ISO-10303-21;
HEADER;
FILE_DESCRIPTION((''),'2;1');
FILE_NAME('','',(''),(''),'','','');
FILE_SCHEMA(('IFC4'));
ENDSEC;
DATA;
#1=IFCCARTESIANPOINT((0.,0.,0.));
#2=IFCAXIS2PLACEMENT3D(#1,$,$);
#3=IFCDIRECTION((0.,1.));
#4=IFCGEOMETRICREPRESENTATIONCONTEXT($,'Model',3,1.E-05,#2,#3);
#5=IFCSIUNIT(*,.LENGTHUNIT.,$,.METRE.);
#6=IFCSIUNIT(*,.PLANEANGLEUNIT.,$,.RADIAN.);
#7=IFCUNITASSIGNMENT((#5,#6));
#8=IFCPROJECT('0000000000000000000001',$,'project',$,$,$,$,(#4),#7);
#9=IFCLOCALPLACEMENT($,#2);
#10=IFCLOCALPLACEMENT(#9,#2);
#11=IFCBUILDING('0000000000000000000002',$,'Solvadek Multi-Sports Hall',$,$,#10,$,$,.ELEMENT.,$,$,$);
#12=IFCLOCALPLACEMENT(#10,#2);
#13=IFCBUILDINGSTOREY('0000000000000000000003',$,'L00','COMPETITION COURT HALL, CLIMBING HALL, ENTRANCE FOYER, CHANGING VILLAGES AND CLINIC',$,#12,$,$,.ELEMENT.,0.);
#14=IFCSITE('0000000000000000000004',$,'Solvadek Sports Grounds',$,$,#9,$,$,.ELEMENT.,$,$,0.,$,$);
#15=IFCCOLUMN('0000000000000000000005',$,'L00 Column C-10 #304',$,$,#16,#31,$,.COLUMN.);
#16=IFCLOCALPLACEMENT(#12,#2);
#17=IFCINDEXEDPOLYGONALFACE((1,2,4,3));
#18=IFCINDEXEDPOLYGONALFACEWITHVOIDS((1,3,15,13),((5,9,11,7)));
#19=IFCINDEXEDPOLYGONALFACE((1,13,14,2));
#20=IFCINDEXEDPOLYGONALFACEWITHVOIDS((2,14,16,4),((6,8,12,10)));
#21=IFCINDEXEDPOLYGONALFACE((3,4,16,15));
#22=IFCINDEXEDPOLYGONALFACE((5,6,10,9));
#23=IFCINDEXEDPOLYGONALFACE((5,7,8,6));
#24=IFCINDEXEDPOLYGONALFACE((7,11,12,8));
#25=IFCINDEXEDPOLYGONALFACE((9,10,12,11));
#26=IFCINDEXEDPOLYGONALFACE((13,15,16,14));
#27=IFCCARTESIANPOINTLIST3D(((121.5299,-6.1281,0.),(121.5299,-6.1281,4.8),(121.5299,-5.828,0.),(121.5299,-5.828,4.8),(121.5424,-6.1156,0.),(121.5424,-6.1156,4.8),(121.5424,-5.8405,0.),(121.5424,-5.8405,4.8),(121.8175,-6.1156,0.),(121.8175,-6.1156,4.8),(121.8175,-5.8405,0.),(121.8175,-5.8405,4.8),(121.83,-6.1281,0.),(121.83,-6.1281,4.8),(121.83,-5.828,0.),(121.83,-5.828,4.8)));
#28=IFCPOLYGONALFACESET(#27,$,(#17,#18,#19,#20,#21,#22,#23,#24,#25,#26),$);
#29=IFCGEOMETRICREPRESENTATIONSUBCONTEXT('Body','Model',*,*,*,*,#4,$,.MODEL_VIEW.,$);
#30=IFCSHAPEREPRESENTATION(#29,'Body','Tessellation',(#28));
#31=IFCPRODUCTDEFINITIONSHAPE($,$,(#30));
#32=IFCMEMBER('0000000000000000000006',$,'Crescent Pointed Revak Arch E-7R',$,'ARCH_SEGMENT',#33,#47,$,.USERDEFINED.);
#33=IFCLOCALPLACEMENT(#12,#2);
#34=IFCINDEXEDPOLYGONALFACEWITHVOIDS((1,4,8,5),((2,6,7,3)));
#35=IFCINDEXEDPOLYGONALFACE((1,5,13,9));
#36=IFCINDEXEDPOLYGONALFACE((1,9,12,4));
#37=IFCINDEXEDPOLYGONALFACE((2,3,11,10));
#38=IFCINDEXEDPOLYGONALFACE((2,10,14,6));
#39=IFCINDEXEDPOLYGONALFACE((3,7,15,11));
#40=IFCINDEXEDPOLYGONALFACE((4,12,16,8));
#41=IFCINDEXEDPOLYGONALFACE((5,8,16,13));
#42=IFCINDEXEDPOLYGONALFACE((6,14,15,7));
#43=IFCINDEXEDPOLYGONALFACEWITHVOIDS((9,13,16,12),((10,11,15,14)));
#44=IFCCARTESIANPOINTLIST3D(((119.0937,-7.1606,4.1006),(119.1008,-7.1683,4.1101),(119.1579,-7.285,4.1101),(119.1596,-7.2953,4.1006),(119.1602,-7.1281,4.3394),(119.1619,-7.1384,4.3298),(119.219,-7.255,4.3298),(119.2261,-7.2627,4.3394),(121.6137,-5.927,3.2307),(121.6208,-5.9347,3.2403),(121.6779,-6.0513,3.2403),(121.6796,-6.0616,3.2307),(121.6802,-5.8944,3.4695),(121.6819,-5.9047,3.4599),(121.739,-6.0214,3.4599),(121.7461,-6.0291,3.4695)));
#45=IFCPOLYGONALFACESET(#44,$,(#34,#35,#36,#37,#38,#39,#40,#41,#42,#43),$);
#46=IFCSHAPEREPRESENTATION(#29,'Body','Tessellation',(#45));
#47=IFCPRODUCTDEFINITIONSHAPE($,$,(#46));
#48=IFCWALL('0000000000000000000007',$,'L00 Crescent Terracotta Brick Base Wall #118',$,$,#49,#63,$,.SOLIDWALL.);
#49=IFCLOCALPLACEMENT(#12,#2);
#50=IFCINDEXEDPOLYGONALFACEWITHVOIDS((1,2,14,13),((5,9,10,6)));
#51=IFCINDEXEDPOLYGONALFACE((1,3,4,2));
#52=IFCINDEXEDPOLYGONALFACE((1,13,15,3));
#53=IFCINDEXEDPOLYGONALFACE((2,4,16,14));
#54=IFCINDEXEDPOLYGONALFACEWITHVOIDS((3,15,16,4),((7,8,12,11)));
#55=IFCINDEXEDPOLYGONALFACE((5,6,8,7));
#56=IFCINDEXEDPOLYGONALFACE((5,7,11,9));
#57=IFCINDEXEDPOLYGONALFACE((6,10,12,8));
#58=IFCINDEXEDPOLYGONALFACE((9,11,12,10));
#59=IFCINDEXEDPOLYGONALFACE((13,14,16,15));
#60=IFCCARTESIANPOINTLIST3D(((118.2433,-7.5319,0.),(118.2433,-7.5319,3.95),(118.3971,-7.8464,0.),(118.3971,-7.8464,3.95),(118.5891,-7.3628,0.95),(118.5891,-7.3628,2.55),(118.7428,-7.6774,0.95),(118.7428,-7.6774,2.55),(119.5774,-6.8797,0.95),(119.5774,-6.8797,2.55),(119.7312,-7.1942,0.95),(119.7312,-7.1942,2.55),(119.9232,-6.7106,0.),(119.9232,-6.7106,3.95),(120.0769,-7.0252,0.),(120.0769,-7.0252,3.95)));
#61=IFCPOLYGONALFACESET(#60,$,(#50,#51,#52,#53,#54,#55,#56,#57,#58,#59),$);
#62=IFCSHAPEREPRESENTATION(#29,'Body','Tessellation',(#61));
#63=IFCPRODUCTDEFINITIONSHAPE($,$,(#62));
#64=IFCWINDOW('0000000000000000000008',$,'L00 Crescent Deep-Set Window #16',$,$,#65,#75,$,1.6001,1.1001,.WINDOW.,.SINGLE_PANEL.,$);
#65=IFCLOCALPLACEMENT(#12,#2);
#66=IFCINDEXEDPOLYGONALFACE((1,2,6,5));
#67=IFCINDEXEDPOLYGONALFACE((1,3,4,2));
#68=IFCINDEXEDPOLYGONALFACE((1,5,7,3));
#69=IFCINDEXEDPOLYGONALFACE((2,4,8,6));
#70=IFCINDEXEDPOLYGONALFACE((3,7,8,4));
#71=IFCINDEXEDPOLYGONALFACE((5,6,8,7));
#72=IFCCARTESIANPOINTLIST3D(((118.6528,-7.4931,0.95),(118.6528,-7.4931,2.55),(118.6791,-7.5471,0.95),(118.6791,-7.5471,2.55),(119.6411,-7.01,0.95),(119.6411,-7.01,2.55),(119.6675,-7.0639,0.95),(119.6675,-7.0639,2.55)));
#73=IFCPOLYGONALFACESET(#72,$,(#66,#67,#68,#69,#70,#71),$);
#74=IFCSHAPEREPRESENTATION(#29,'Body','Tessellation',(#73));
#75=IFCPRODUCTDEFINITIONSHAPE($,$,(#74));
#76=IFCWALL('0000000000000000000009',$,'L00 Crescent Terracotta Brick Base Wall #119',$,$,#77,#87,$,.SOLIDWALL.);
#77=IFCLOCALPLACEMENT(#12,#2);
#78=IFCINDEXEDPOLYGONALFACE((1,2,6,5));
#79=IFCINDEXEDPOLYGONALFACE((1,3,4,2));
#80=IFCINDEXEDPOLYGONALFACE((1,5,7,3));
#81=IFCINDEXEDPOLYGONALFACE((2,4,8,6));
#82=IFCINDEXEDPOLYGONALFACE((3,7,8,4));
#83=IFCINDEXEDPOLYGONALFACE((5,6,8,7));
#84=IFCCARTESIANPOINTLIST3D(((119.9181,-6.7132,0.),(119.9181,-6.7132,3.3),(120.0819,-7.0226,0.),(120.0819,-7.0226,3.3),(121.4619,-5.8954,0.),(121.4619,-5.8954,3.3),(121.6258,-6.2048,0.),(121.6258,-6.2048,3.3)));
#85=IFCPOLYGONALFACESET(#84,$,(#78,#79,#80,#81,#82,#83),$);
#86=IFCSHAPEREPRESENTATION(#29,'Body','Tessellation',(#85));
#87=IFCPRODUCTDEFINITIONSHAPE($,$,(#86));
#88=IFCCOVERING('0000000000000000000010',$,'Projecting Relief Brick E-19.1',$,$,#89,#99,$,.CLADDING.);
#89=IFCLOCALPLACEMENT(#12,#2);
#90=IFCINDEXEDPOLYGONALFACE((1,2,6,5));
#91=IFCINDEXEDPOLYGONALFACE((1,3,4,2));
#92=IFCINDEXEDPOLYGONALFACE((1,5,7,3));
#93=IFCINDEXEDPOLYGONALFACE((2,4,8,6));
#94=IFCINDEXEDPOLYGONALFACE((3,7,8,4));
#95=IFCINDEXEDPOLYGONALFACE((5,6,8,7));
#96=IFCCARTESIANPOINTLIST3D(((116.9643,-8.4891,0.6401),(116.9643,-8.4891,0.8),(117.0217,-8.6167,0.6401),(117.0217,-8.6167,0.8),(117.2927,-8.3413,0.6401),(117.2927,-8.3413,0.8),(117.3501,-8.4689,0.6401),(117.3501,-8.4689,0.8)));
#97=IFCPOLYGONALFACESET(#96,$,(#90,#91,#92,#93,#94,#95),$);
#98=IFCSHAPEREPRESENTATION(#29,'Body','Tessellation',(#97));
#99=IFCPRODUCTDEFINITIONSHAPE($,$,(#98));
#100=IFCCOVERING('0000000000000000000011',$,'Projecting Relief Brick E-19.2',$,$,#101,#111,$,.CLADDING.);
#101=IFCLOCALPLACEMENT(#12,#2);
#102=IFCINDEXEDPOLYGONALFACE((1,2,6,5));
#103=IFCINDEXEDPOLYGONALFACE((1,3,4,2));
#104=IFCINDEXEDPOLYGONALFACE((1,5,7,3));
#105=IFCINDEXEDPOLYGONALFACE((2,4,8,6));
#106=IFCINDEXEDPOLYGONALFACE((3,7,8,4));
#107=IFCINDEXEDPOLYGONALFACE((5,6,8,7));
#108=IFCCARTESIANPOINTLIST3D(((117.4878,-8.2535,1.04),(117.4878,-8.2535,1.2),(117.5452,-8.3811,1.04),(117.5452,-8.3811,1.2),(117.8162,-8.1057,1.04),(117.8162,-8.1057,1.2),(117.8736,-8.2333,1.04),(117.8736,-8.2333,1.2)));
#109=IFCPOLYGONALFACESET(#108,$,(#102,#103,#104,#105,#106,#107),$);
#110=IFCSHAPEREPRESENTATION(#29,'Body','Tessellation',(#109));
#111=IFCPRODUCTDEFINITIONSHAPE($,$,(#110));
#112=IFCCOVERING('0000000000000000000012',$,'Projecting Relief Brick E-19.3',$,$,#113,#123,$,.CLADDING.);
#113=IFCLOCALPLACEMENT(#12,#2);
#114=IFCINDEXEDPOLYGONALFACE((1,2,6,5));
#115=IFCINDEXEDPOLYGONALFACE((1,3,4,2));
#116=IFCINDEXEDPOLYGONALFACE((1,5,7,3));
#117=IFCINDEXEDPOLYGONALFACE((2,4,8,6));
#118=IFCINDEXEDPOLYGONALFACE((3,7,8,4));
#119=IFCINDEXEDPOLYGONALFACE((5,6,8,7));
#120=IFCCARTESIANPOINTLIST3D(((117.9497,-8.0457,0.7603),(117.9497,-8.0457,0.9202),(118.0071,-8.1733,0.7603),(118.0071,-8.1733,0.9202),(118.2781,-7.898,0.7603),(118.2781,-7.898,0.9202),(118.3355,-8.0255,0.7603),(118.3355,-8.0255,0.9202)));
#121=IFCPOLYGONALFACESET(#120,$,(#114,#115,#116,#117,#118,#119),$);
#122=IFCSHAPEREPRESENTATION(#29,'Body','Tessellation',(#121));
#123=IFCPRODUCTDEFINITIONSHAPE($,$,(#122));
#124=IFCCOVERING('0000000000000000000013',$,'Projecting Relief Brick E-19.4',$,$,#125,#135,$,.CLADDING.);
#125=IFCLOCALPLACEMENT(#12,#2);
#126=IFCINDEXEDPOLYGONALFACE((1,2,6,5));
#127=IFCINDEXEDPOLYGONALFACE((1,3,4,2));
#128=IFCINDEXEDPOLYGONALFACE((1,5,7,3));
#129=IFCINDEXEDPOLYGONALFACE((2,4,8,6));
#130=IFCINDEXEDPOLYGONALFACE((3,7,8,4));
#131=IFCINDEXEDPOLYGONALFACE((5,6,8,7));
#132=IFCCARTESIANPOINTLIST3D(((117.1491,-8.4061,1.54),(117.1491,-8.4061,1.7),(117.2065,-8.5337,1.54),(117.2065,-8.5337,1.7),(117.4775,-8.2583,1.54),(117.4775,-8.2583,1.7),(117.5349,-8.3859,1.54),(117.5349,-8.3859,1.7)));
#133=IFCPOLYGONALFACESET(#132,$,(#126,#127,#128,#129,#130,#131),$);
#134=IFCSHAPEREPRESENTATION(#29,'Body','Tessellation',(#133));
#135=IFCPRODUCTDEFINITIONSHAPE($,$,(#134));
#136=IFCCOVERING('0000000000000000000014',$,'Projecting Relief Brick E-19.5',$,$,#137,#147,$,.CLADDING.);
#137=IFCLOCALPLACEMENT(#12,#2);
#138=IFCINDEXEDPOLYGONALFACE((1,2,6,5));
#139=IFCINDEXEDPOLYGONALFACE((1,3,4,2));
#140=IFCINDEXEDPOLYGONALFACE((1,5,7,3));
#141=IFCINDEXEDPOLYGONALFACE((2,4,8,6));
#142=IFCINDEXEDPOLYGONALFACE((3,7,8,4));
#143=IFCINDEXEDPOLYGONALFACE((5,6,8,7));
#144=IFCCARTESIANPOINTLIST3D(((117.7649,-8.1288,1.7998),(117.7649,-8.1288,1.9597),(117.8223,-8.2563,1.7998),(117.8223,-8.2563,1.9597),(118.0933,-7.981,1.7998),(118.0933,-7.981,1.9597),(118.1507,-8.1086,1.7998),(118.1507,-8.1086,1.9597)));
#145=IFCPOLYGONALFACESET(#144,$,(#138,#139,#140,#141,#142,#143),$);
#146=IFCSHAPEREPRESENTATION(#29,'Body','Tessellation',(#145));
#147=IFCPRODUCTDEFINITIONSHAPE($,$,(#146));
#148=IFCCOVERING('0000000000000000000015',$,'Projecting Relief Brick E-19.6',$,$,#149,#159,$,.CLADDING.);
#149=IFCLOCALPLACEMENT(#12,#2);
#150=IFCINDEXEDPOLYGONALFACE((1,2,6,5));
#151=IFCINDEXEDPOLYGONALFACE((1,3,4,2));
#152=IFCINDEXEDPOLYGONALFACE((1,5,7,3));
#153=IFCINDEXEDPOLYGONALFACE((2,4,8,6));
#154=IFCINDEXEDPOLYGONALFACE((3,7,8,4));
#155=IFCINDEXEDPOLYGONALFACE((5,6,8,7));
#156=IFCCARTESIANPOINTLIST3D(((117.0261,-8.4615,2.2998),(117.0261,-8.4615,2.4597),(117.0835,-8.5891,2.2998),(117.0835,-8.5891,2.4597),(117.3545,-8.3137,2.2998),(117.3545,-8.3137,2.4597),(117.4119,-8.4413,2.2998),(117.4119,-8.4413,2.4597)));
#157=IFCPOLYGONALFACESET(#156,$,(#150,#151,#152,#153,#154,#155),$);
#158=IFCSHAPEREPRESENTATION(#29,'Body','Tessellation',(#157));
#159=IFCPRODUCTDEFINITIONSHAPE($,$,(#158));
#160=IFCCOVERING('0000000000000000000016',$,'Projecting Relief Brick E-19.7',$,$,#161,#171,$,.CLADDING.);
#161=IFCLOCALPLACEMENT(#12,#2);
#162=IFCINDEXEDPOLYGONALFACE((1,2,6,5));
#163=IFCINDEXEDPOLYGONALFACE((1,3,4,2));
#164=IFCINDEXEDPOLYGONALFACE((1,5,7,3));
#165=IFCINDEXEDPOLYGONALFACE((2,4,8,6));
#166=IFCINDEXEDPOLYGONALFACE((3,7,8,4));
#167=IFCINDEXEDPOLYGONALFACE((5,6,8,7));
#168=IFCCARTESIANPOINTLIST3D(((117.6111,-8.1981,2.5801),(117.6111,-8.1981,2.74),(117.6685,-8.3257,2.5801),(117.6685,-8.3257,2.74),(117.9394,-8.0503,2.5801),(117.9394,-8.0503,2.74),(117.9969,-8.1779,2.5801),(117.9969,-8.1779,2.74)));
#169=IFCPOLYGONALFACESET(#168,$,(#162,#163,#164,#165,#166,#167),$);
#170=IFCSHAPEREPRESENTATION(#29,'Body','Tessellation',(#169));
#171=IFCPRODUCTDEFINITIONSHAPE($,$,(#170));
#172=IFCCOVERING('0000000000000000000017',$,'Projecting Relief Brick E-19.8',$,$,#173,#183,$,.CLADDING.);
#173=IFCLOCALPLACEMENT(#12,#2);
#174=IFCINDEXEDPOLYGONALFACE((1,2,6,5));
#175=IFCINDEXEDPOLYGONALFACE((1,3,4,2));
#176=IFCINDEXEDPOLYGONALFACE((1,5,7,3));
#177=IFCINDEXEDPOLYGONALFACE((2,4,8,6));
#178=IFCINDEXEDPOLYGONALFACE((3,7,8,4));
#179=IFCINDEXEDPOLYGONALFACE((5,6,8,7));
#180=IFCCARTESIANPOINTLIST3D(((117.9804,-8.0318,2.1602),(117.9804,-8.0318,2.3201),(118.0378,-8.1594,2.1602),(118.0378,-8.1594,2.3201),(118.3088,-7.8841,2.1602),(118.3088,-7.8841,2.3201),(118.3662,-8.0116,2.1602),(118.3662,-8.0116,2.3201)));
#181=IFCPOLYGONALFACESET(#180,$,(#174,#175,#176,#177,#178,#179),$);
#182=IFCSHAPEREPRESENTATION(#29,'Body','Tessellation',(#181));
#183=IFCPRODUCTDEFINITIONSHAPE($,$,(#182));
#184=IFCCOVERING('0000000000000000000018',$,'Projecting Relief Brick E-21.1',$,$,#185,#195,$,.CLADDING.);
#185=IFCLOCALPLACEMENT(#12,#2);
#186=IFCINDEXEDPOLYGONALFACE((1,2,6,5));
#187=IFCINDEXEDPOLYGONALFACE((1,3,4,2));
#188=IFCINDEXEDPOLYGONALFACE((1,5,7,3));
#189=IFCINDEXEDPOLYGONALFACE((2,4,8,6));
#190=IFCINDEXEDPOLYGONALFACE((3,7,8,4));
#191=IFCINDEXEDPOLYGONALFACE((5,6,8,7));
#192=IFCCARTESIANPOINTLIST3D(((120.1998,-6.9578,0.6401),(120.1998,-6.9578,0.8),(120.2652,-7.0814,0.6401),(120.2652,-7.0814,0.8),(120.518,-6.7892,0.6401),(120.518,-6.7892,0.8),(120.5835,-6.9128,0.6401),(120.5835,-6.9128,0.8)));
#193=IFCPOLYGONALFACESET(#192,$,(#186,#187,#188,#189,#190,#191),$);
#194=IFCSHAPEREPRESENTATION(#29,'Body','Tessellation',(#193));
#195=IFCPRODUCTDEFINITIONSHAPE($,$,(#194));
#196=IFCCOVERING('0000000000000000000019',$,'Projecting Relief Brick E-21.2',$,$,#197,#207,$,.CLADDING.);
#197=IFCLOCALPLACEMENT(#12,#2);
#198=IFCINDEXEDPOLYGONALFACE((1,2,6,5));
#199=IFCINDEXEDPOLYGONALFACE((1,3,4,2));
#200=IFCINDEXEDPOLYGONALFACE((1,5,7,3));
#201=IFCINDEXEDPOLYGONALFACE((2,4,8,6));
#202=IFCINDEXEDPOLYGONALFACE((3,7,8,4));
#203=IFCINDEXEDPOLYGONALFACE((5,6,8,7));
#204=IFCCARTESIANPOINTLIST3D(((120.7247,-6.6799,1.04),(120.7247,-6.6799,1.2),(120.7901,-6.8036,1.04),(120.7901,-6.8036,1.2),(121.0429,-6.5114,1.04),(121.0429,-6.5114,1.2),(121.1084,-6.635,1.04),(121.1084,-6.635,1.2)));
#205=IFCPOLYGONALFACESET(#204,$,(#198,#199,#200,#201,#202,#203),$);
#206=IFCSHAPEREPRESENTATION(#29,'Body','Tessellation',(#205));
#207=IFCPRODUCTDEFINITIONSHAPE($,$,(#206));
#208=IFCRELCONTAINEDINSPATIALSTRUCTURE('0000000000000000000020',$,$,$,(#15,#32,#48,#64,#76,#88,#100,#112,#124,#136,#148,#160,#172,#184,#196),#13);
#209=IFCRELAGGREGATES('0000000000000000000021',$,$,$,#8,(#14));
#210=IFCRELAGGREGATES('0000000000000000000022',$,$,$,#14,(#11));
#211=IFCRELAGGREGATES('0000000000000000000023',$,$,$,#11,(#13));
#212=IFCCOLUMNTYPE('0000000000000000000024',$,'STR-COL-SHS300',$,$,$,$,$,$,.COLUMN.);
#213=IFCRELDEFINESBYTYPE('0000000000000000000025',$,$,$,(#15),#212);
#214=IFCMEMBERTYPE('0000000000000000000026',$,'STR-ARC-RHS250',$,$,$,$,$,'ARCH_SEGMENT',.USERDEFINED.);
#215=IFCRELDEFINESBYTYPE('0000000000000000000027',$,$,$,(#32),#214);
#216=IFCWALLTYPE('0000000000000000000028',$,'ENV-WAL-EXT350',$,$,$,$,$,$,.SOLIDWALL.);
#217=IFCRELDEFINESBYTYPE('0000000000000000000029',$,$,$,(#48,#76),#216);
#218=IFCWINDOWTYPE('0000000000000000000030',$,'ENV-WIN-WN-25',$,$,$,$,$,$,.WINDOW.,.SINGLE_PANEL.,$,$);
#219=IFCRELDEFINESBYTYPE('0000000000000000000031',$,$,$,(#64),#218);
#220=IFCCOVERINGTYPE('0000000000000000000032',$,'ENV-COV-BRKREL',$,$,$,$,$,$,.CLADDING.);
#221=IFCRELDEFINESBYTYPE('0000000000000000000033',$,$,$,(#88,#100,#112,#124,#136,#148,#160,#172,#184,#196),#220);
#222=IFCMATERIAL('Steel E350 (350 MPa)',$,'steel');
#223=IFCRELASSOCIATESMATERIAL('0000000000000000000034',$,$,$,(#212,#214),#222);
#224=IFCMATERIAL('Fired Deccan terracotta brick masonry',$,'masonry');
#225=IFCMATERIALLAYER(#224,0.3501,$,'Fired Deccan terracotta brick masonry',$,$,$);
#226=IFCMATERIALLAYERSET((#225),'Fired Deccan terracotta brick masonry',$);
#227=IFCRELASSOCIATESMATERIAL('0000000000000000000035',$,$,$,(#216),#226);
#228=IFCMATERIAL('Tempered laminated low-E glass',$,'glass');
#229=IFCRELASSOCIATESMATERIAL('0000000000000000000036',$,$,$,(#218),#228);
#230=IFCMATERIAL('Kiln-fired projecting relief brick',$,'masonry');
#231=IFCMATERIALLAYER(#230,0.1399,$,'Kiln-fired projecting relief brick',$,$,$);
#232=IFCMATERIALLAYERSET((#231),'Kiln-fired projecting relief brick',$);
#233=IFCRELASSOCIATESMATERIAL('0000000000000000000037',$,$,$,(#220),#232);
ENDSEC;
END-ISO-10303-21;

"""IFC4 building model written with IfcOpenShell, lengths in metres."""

from ifc_helpers import new_model, si_unit, direction, frame, frame_2d, origin, origin_2d, place, context, subcontext, project, spatial, rectangle, hollow_rectangle, extrude, material, layer, layer_set, material_profile, profile_set, type_object, element, fill, save


model = new_model("IFC4")

# Units and contexts
model_context = context("Model", 3, precision=1e-05, world=origin(), true_north=direction((0.0, 1.0)))
body_context = subcontext(model_context, "Body", "Model", "MODEL_VIEW")
ifc_project = project(units=[si_unit("LENGTHUNIT", "METRE"), si_unit("PLANEANGLEUNIT", "RADIAN")], contexts=[model_context])

# Site, building, storey
site_placement = place(None, origin())
site = spatial("IfcSite", under=ifc_project, at=site_placement, Name="Solvadek Sports Grounds", CompositionType="ELEMENT", RefElevation=0.0)
building_placement = place(site_placement, origin())
building = spatial("IfcBuilding", under=site, at=building_placement, Name="Solvadek Multi-Sports Hall", CompositionType="ELEMENT")
storey_placement = place(building_placement, origin())
storey = spatial("IfcBuildingStorey", under=building, at=storey_placement, Name="L00", Description="COMPETITION COURT HALL, CLIMBING HALL, ENTRANCE FOYER, CHANGING VILLAGES AND CLINIC", CompositionType="ELEMENT", Elevation=0.0)

# Column
ifc_material_1 = material(Name="Steel E350 (350 MPa)", Category="steel")
ifc_material_profile_1 = material_profile(ifc_material_1, hollow_rectangle(XDim=0.3, YDim=0.3, WallThickness=0.0125, at=origin_2d()), Name="SHS 300x300x12.5")
ifc_profile_set_1 = profile_set([ifc_material_profile_1], Name="Steel E350 (350 MPa)")
column_type = type_object("IfcColumnType", Name="STR-COL-SHS300", PredefinedType="COLUMN", material=ifc_profile_set_1)
column_placement = place(storey_placement, frame((121.6799, -5.978, 0.0), z_axis=(0.0, 0.0, 1.0), x_axis=(1.0, 0.0, 0.0)))
element("IfcColumn", 1, at=column_placement, inside=storey, type_object=column_type, Name="L00 Column C-10 #304", PredefinedType="COLUMN", context=body_context, shape_type="SweptSolid", body=[
    extrude(hollow_rectangle(XDim=0.3, YDim=0.3, WallThickness=0.0125, at=origin_2d()), origin(), (0.0, 0.0, 1.0), 4.8),
])

# Member
ifc_material_profile_2 = material_profile(ifc_material_1, hollow_rectangle(XDim=0.1499, YDim=0.25, WallThickness=0.01, at=origin_2d()), Name="RHS 250x150x10")
ifc_profile_set_2 = profile_set([ifc_material_profile_2], Name="Steel E350 (350 MPa)")
member_type = type_object("IfcMemberType", Name="STR-ARC-RHS250", ElementType="ARCH_SEGMENT", PredefinedType="USERDEFINED", material=ifc_profile_set_2)
member_placement = place(storey_placement, frame((119.1599, -7.2117, 4.22), z_axis=(0.857872, 0.41996, -0.296125), x_axis=(-0.43968, 0.898155, 0.0)))
element("IfcMember", 2, at=member_placement, inside=storey, type_object=member_type, Name="Crescent Pointed Revak Arch E-7R", ObjectType="ARCH_SEGMENT", PredefinedType="USERDEFINED", context=body_context, shape_type="SweptSolid", body=[
    extrude(hollow_rectangle(XDim=0.1499, YDim=0.25, WallThickness=0.01, at=origin_2d()), origin(), (0.0, 0.0, 1.0), 2.9375),
])

# Wall, opening, window
ifc_material_2 = material(Name="Fired Deccan terracotta brick masonry", Category="masonry")
ifc_layer_1 = layer(ifc_material_2, 0.3501, Name="Fired Deccan terracotta brick masonry")
ifc_layer_set_1 = layer_set([ifc_layer_1], Name="Fired Deccan terracotta brick masonry")
wall_type = type_object("IfcWallType", Name="ENV-WAL-EXT350", PredefinedType="SOLIDWALL", material=ifc_layer_set_1)
wall_1_placement = place(storey_placement, frame((118.3201, -7.6892, 0.0), z_axis=(0.0, 0.0, 1.0), x_axis=(0.898387, 0.439205, 0.0)))
wall_1 = element("IfcWall", 3, at=wall_1_placement, inside=storey, type_object=wall_type, Name="L00 Crescent Terracotta Brick Base Wall #118", PredefinedType="SOLIDWALL", context=body_context, shape_type="SweptSolid", body=[
    extrude(rectangle(XDim=1.8699, YDim=0.3501, at=frame_2d((0.9351, 0.0))), origin(), (0.0, 0.0, 1.0), 3.95),
])
opening_placement = place(wall_1_placement, frame((0.385, 0.0, 0.95)))
opening = element("IfcOpeningElement", 4, at=opening_placement, cuts=wall_1, PredefinedType="OPENING", context=body_context, shape_type="SweptSolid", body=[
    extrude(rectangle(XDim=1.1001, YDim=1.6001, at=frame_2d((0.55, 0.8))), frame((0.0, 0.1851, 0.0), z_axis=(0.0, -1.0, 0.0), x_axis=(1.0, 0.0, 0.0)), (0.0, 0.0, 1.0), 0.3701),
])
ifc_material_3 = material(Name="Tempered laminated low-E glass", Category="glass")
window_type = type_object("IfcWindowType", Name="ENV-WIN-WN-25", PartitioningType="SINGLE_PANEL", PredefinedType="WINDOW", material=ifc_material_3)
window_placement = place(opening_placement, origin())
window = element("IfcWindow", 5, at=window_placement, inside=storey, type_object=window_type, Name="L00 Crescent Deep-Set Window #16", OverallHeight=1.6001, OverallWidth=1.1001, PartitioningType="SINGLE_PANEL", PredefinedType="WINDOW", context=body_context, shape_type="SweptSolid", body=[
    extrude(rectangle(XDim=1.1001, YDim=1.6001, at=frame_2d((0.55, 0.8))), frame((0.0, 0.03, 0.0), z_axis=(0.0, -1.0, 0.0), x_axis=(1.0, 0.0, 0.0)), (0.0, 0.0, 1.0), 0.0601),
])
fill(opening, window)

# Wall
wall_2_placement = place(storey_placement, frame((120.0, -6.8679, 0.0), z_axis=(0.0, 0.0, 1.0), x_axis=(0.883672, 0.468106, 0.0)))
element("IfcWall", 6, at=wall_2_placement, inside=storey, type_object=wall_type, Name="L00 Crescent Terracotta Brick Base Wall #119", PredefinedType="SOLIDWALL", context=body_context, shape_type="SweptSolid", body=[
    extrude(rectangle(XDim=1.7471, YDim=0.3501, at=frame_2d((0.8735, 0.0))), origin(), (0.0, 0.0, 1.0), 3.3),
])

# Coverings
ifc_material_4 = material(Name="Kiln-fired projecting relief brick", Category="masonry")
ifc_layer_2 = layer(ifc_material_4, 0.1399, Name="Kiln-fired projecting relief brick")
ifc_layer_set_2 = layer_set([ifc_layer_2], Name="Kiln-fired projecting relief brick")
covering_type = type_object("IfcCoveringType", Name="ENV-COV-BRKREL", PredefinedType="CLADDING", material=ifc_layer_set_2)
for number, where, z_axis, x_axis, name in (
    (7, (117.1572, -8.479, 0.6401), (0.0, 0.0, 1.0), (0.911922, 0.410365, 0.0), "Projecting Relief Brick E-19.1"),
    (8, (117.6807, -8.2434, 1.04), (0.0, 0.0, 1.0), (0.911922, 0.410365, 0.0), "Projecting Relief Brick E-19.2"),
    (9, (118.1426, -8.0356, 0.7603), (0.0, 0.0, 1.0), (0.911922, 0.410365, 0.0), "Projecting Relief Brick E-19.3"),
    (10, (117.342, -8.396, 1.54), (0.0, 0.0, 1.0), (0.911922, 0.410365, 0.0), "Projecting Relief Brick E-19.4"),
    (11, (117.9578, -8.1187, 1.7998), (0.0, 0.0, 1.0), (0.911922, 0.410365, 0.0), "Projecting Relief Brick E-19.5"),
    (12, (117.219, -8.4514, 2.2998), (0.0, 0.0, 1.0), (0.911922, 0.410365, 0.0), "Projecting Relief Brick E-19.6"),
    (13, (117.804, -8.188, 2.5801), (0.0, 0.0, 1.0), (0.911922, 0.410365, 0.0), "Projecting Relief Brick E-19.7"),
    (14, (118.1733, -8.0217, 2.1602), (0.0, 0.0, 1.0), (0.911922, 0.410365, 0.0), "Projecting Relief Brick E-19.8"),
    (15, (120.3916, -6.9353, 0.6401), (0.0, 0.0, 1.0), (0.883682, 0.468088, 0.0), "Projecting Relief Brick E-21.1"),
    (16, (120.9165, -6.6575, 1.04), (0.0, 0.0, 1.0), (0.883682, 0.468088, 0.0), "Projecting Relief Brick E-21.2"),
):
    element("IfcCovering", number, at=place(storey_placement, frame(where, z_axis=z_axis, x_axis=x_axis)), inside=storey, type_object=covering_type, Name=name, PredefinedType="CLADDING", context=body_context, shape_type="SweptSolid", body=[
        extrude(rectangle(XDim=0.3601, YDim=0.1399, at=origin_2d()), origin(), (0.0, 0.0, 1.0), 0.1599),
    ])

save(model, "model.ifc")
